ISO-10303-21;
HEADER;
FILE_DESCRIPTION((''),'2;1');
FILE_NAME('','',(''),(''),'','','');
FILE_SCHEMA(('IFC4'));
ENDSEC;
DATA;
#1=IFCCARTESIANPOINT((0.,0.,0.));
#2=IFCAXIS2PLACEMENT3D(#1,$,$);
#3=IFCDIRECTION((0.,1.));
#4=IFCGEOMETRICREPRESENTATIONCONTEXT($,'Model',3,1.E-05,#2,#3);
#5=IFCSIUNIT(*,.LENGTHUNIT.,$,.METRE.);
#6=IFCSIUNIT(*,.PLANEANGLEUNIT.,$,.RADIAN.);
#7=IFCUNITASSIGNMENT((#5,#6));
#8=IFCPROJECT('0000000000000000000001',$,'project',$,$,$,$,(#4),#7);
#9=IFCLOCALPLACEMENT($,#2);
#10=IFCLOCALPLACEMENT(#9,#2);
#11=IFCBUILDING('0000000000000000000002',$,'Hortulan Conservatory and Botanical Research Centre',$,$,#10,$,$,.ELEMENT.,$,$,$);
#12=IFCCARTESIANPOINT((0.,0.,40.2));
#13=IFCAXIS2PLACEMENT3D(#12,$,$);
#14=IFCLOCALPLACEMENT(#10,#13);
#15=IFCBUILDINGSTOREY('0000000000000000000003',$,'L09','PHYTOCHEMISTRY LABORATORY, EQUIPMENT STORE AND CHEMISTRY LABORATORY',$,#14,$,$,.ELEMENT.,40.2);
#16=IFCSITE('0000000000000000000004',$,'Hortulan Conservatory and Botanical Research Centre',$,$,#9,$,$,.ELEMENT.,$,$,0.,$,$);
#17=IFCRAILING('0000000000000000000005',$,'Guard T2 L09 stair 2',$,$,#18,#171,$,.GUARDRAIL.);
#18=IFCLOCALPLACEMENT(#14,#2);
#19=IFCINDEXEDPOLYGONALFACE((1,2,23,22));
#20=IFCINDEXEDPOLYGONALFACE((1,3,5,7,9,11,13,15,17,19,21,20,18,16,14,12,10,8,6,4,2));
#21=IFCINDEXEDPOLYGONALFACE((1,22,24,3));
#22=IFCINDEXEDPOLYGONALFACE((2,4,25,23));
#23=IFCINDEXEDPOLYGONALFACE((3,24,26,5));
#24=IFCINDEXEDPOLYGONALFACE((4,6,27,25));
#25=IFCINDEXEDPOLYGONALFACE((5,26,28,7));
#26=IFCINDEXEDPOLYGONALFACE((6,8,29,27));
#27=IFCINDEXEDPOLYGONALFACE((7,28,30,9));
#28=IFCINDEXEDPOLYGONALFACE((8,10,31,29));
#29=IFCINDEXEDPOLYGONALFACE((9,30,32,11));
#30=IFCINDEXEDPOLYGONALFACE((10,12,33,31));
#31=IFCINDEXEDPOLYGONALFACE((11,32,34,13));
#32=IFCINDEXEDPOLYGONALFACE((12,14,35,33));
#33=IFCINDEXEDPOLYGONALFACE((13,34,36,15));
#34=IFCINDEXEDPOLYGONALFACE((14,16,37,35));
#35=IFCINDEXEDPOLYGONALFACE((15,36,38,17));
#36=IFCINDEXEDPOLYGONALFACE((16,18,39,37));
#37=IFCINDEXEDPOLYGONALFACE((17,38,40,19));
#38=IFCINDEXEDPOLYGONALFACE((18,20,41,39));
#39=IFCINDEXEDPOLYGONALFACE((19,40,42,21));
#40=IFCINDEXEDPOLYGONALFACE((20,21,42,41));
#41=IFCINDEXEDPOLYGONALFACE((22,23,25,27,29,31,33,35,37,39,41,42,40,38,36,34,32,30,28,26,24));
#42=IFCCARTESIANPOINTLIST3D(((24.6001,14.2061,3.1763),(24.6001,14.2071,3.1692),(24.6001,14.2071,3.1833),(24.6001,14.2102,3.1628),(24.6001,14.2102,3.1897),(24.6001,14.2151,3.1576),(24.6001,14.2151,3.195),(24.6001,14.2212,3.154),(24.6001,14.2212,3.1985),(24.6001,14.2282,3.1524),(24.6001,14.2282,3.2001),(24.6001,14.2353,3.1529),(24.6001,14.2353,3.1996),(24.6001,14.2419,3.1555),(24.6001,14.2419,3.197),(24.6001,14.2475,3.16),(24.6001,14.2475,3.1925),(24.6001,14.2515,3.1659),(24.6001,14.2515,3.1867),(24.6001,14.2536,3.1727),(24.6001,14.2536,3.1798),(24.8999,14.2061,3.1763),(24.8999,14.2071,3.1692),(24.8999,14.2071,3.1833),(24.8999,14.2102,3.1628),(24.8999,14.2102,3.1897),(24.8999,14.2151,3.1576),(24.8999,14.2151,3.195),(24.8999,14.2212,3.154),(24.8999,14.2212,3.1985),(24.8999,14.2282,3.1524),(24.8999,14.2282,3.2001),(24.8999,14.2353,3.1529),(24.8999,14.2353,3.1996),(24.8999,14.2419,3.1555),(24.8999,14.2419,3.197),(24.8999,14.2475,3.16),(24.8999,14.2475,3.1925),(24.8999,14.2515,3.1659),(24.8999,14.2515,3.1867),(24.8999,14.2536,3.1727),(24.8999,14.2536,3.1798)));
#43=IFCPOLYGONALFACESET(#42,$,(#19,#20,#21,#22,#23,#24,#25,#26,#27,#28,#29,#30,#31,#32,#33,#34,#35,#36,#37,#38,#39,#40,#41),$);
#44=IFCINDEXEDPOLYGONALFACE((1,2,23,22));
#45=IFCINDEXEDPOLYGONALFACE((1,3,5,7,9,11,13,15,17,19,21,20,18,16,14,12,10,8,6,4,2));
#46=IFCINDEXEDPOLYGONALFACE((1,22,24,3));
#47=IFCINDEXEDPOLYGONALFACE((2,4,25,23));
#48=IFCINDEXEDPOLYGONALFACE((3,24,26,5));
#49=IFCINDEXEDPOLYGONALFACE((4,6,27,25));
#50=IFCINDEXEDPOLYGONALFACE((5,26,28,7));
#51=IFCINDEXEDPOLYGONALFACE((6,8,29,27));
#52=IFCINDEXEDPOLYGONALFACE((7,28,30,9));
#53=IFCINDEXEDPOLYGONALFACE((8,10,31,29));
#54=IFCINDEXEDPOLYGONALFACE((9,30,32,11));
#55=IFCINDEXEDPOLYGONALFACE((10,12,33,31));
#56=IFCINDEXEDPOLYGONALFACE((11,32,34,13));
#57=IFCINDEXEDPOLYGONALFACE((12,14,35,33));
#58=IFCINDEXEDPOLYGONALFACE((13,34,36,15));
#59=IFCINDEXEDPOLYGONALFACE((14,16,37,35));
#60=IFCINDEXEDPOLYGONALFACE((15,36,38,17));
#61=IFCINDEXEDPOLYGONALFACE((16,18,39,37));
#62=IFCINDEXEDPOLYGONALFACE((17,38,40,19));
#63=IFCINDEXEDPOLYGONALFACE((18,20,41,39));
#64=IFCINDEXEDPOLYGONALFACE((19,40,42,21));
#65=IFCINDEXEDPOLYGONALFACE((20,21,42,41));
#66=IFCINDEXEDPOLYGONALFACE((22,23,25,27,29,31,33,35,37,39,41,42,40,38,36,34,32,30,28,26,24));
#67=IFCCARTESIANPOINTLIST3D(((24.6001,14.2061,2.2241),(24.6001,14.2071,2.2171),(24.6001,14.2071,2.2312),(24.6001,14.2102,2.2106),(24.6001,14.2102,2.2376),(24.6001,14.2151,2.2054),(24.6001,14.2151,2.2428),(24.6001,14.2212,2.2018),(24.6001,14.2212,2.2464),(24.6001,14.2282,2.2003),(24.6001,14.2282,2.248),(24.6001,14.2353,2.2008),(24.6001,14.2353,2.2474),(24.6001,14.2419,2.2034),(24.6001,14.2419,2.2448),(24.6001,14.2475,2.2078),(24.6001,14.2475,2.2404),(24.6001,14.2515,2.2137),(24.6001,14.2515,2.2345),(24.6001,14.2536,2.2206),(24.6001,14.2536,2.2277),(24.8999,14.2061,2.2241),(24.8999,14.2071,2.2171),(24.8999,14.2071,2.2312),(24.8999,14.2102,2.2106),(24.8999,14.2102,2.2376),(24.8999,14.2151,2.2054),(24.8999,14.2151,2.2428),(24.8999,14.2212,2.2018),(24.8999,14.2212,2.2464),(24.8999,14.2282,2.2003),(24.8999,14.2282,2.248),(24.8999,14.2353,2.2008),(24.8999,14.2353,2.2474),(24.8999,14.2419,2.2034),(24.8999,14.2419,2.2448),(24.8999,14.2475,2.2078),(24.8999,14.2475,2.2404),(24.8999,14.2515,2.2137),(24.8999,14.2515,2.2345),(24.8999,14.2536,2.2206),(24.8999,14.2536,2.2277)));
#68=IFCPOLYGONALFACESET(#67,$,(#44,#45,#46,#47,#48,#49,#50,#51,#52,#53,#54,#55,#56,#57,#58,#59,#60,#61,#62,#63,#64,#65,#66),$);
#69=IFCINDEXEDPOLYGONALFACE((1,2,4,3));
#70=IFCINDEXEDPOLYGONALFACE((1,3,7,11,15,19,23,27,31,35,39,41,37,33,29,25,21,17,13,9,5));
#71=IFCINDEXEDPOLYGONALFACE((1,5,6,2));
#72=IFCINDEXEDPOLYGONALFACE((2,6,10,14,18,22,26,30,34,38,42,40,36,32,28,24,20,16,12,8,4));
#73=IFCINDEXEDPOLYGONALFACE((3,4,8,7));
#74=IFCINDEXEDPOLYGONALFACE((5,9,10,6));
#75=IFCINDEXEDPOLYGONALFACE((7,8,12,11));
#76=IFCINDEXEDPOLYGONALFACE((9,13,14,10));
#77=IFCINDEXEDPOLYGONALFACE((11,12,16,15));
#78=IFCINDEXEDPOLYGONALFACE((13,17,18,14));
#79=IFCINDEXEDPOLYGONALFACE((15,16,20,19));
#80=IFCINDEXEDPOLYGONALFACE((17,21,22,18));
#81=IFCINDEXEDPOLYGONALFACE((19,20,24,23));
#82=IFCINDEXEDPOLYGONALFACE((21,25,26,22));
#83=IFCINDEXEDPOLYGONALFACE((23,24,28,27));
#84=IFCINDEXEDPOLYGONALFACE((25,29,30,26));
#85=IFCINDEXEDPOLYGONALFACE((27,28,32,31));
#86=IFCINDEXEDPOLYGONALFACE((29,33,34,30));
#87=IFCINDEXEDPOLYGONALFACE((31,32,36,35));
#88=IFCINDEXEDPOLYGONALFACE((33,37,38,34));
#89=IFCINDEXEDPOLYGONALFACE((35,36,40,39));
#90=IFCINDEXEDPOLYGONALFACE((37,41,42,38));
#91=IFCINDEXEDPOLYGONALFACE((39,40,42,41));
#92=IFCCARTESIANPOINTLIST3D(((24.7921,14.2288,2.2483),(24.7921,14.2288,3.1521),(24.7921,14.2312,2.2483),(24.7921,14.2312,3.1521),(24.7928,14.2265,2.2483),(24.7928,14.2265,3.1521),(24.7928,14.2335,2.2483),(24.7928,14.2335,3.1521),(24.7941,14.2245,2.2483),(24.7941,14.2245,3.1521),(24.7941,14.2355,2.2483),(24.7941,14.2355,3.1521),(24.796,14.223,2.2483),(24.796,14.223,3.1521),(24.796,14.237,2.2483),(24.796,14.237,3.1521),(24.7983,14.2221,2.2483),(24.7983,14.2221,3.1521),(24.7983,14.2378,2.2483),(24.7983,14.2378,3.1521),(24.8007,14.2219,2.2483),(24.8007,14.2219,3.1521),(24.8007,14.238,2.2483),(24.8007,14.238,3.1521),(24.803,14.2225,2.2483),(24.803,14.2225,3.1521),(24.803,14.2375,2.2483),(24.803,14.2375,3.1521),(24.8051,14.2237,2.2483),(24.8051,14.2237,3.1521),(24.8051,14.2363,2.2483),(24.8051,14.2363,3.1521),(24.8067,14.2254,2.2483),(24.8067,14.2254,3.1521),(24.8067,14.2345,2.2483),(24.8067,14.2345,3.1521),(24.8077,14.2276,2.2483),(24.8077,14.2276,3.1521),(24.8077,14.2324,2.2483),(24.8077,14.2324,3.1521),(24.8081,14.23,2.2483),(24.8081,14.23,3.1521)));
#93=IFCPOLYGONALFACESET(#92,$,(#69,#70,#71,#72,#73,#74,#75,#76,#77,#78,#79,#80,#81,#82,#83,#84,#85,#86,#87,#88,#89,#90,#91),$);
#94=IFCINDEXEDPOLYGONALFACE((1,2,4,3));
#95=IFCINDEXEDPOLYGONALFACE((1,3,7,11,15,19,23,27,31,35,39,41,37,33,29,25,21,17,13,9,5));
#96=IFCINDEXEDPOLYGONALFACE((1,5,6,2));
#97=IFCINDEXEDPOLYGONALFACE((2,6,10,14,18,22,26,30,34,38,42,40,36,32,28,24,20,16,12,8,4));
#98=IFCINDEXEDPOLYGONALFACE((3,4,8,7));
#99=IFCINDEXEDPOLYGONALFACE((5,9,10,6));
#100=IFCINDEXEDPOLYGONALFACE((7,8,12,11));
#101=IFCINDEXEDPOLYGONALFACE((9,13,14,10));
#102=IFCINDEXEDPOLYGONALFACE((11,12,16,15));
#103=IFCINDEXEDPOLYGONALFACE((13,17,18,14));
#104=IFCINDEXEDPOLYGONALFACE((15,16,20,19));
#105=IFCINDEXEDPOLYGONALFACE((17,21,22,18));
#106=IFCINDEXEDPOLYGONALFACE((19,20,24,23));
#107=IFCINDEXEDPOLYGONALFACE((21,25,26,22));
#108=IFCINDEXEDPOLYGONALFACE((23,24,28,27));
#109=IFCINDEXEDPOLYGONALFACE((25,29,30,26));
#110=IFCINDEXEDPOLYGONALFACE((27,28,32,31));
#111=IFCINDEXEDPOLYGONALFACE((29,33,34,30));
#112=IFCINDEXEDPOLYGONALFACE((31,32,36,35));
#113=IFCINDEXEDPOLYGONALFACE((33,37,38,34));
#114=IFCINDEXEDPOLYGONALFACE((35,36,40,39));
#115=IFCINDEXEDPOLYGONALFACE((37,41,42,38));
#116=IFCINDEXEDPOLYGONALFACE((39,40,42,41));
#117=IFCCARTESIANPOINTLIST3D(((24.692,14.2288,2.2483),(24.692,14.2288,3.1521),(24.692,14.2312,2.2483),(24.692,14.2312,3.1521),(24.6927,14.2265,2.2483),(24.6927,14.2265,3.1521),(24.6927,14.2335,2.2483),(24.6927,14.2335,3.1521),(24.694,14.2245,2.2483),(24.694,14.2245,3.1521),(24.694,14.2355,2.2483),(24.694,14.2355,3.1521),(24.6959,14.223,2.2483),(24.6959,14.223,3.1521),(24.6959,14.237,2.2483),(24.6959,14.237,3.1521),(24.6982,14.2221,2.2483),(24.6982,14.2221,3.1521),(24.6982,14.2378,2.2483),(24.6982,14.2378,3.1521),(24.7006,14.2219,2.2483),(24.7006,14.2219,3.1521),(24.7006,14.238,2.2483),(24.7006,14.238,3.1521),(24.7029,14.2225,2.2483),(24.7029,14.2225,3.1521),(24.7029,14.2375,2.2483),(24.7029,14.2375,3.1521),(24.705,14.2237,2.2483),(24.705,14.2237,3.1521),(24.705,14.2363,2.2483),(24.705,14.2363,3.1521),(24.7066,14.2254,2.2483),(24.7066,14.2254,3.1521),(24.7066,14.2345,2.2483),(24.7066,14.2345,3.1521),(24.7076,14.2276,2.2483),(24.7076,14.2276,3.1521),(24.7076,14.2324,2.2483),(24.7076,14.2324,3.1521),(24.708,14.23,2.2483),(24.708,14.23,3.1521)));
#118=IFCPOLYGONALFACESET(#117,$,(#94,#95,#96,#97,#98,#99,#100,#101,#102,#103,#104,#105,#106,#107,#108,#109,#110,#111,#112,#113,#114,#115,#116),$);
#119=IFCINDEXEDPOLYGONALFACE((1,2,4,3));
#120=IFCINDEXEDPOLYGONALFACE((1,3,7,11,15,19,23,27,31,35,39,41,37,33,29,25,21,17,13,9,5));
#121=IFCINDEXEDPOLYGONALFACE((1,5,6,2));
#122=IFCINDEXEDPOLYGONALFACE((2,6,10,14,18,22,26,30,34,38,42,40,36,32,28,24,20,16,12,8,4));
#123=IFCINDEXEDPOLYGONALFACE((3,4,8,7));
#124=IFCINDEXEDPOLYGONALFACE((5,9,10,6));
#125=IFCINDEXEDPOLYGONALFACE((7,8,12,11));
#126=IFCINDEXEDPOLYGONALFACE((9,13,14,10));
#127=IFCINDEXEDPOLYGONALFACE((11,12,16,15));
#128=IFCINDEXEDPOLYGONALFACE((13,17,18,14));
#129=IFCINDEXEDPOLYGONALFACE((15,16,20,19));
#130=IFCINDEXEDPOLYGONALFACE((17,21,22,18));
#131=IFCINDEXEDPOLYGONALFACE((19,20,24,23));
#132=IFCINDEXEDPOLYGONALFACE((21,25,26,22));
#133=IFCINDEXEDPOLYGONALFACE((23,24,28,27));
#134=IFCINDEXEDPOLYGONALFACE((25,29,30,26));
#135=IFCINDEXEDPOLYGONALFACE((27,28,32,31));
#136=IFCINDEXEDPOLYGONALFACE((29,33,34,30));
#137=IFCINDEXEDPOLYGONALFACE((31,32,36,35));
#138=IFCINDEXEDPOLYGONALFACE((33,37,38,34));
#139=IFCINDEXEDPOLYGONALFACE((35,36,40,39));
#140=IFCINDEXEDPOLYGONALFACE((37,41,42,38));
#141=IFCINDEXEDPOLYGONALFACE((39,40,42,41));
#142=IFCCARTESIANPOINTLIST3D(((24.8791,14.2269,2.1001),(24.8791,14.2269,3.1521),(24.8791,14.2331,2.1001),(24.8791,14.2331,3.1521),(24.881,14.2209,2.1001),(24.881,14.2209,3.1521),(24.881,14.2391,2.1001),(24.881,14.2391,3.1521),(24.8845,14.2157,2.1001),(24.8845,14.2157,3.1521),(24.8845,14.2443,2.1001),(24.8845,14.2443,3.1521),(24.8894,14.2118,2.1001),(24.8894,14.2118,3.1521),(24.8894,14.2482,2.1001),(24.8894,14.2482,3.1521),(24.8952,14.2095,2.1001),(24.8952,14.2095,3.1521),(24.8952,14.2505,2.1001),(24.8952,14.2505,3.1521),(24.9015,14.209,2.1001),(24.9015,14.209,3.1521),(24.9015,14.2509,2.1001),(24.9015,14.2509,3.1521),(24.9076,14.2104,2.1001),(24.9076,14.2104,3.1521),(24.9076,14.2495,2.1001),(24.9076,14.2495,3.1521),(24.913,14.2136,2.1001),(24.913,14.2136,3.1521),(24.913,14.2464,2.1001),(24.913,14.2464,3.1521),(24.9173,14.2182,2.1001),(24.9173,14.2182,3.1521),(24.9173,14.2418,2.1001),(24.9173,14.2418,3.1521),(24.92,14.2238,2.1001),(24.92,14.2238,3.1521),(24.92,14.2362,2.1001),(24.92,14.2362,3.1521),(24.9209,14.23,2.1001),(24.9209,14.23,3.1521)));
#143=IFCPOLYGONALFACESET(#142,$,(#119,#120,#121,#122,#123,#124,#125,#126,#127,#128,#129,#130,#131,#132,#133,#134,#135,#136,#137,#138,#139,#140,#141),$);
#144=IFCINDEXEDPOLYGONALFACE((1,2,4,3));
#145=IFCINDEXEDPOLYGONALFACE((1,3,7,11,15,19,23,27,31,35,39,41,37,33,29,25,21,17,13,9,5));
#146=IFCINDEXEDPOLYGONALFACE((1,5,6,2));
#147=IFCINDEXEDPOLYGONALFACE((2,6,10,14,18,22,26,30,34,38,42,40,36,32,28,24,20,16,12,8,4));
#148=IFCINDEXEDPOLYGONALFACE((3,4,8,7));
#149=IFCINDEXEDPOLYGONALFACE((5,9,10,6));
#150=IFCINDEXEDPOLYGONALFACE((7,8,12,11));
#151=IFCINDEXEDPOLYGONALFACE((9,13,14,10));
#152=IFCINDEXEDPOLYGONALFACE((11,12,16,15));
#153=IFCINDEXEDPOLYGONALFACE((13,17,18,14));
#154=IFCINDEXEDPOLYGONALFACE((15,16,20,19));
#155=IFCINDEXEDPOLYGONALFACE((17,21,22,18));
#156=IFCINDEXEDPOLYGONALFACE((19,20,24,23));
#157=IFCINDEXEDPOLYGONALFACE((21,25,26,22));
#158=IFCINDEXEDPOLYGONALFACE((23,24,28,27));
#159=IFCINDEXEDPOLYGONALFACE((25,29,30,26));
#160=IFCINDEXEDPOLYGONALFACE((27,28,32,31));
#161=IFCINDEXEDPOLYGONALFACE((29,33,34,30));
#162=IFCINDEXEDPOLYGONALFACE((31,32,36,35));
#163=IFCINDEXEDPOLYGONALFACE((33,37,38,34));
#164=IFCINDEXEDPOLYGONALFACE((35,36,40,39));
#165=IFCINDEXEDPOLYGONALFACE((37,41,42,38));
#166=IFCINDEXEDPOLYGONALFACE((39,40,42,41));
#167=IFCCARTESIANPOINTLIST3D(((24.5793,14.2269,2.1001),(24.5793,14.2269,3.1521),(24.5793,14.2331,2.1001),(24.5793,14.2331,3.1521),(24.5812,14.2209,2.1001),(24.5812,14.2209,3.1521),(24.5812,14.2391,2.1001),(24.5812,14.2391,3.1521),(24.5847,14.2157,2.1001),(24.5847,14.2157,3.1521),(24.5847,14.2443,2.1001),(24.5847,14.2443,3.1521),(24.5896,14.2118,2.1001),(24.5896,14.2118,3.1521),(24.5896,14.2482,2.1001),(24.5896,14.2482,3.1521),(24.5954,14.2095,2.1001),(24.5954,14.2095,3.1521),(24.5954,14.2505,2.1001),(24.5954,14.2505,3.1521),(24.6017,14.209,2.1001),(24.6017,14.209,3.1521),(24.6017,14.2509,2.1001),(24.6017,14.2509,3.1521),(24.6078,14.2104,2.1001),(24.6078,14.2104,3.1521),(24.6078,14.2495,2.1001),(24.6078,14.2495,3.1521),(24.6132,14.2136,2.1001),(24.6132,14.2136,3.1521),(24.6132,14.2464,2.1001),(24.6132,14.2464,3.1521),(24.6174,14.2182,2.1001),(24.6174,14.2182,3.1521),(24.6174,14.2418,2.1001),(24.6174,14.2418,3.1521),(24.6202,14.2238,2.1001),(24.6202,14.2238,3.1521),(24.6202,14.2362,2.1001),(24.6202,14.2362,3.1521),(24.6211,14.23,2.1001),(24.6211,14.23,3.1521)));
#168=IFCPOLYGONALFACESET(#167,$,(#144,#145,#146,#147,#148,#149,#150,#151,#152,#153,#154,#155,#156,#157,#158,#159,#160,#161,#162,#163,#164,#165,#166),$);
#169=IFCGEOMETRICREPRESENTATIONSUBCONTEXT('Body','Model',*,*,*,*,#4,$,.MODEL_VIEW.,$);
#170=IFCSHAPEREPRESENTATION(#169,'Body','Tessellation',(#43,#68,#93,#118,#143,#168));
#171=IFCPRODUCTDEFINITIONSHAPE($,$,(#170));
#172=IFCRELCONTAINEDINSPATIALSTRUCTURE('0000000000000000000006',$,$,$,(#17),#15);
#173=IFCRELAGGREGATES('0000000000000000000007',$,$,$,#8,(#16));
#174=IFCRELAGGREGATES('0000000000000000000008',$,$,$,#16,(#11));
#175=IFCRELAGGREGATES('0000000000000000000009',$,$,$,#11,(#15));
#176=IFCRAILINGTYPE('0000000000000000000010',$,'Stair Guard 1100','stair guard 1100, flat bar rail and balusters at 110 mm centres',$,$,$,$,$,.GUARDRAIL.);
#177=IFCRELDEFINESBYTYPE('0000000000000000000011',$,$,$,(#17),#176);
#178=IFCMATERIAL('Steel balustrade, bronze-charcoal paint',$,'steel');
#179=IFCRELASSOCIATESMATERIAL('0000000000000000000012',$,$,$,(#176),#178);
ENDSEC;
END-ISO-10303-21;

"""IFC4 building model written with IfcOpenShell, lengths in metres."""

from ifc_helpers import new_model, si_unit, direction, frame, origin, origin_2d, place, context, subcontext, project, spatial, circle, extrude, material, type_object, element, save


model = new_model("IFC4")

# Units and contexts
model_context = context("Model", 3, precision=1e-05, world=origin(), true_north=direction((0.0, 1.0)))
body_context = subcontext(model_context, "Body", "Model", "MODEL_VIEW")
ifc_project = project(units=[si_unit("LENGTHUNIT", "METRE"), si_unit("PLANEANGLEUNIT", "RADIAN")], contexts=[model_context])

# Site, building, storey
site_placement = place(None, origin())
site = spatial("IfcSite", under=ifc_project, at=site_placement, Name="Hortulan Conservatory and Botanical Research Centre", CompositionType="ELEMENT", RefElevation=0.0)
building_placement = place(site_placement, origin())
building = spatial("IfcBuilding", under=site, at=building_placement, Name="Hortulan Conservatory and Botanical Research Centre", CompositionType="ELEMENT")
storey_placement = place(building_placement, frame((0.0, 0.0, 40.2)))
storey = spatial("IfcBuildingStorey", under=building, at=storey_placement, Name="L09", Description="PHYTOCHEMISTRY LABORATORY, EQUIPMENT STORE AND CHEMISTRY LABORATORY", CompositionType="ELEMENT", Elevation=40.2)

# Railing
ifc_material_1 = material(Name="Steel balustrade, bronze-charcoal paint", Category="steel")
railing_type_1 = type_object("IfcRailingType", Name="Stair Guard 1100", Description="stair guard 1100, flat bar rail and balusters at 110 mm centres", PredefinedType="GUARDRAIL", material=ifc_material_1)
railing_1_placement = place(storey_placement, frame((24.8999, 14.23, 2.1001)))
element("IfcRailing", 1, at=railing_1_placement, inside=storey, type_object=railing_type_1, Name="Guard T2 L09 stair 2", PredefinedType="GUARDRAIL", context=body_context, shape_type="SweptSolid", body=[
    extrude(circle(Radius=0.0239, at=origin_2d()), frame((0.0, 0.0, 1.0762), z_axis=(-1.0, 0.0, 0.0), x_axis=(0.0, -1.0, 0.0)), (0.0, 0.0, 1.0), 0.2998),
    extrude(circle(Radius=0.0239, at=origin_2d()), frame((0.0, 0.0, 0.124), z_axis=(-1.0, 0.0, 0.0), x_axis=(0.0, -1.0, 0.0)), (0.0, 0.0, 1.0), 0.2998),
    extrude(circle(Radius=0.0081, at=origin_2d()), frame((-0.0999, 0.0, 0.1482)), (0.0, 0.0, 1.0), 0.9038),
    extrude(circle(Radius=0.0081, at=origin_2d()), frame((-0.2, 0.0, 0.1482)), (0.0, 0.0, 1.0), 0.9038),
    extrude(circle(Radius=0.021, at=origin_2d()), origin(), (0.0, 0.0, 1.0), 1.052),
    extrude(circle(Radius=0.021, at=origin_2d()), frame((-0.2998, 0.0, 0.0)), (0.0, 0.0, 1.0), 1.052),
])

save(model, "model.ifc")
